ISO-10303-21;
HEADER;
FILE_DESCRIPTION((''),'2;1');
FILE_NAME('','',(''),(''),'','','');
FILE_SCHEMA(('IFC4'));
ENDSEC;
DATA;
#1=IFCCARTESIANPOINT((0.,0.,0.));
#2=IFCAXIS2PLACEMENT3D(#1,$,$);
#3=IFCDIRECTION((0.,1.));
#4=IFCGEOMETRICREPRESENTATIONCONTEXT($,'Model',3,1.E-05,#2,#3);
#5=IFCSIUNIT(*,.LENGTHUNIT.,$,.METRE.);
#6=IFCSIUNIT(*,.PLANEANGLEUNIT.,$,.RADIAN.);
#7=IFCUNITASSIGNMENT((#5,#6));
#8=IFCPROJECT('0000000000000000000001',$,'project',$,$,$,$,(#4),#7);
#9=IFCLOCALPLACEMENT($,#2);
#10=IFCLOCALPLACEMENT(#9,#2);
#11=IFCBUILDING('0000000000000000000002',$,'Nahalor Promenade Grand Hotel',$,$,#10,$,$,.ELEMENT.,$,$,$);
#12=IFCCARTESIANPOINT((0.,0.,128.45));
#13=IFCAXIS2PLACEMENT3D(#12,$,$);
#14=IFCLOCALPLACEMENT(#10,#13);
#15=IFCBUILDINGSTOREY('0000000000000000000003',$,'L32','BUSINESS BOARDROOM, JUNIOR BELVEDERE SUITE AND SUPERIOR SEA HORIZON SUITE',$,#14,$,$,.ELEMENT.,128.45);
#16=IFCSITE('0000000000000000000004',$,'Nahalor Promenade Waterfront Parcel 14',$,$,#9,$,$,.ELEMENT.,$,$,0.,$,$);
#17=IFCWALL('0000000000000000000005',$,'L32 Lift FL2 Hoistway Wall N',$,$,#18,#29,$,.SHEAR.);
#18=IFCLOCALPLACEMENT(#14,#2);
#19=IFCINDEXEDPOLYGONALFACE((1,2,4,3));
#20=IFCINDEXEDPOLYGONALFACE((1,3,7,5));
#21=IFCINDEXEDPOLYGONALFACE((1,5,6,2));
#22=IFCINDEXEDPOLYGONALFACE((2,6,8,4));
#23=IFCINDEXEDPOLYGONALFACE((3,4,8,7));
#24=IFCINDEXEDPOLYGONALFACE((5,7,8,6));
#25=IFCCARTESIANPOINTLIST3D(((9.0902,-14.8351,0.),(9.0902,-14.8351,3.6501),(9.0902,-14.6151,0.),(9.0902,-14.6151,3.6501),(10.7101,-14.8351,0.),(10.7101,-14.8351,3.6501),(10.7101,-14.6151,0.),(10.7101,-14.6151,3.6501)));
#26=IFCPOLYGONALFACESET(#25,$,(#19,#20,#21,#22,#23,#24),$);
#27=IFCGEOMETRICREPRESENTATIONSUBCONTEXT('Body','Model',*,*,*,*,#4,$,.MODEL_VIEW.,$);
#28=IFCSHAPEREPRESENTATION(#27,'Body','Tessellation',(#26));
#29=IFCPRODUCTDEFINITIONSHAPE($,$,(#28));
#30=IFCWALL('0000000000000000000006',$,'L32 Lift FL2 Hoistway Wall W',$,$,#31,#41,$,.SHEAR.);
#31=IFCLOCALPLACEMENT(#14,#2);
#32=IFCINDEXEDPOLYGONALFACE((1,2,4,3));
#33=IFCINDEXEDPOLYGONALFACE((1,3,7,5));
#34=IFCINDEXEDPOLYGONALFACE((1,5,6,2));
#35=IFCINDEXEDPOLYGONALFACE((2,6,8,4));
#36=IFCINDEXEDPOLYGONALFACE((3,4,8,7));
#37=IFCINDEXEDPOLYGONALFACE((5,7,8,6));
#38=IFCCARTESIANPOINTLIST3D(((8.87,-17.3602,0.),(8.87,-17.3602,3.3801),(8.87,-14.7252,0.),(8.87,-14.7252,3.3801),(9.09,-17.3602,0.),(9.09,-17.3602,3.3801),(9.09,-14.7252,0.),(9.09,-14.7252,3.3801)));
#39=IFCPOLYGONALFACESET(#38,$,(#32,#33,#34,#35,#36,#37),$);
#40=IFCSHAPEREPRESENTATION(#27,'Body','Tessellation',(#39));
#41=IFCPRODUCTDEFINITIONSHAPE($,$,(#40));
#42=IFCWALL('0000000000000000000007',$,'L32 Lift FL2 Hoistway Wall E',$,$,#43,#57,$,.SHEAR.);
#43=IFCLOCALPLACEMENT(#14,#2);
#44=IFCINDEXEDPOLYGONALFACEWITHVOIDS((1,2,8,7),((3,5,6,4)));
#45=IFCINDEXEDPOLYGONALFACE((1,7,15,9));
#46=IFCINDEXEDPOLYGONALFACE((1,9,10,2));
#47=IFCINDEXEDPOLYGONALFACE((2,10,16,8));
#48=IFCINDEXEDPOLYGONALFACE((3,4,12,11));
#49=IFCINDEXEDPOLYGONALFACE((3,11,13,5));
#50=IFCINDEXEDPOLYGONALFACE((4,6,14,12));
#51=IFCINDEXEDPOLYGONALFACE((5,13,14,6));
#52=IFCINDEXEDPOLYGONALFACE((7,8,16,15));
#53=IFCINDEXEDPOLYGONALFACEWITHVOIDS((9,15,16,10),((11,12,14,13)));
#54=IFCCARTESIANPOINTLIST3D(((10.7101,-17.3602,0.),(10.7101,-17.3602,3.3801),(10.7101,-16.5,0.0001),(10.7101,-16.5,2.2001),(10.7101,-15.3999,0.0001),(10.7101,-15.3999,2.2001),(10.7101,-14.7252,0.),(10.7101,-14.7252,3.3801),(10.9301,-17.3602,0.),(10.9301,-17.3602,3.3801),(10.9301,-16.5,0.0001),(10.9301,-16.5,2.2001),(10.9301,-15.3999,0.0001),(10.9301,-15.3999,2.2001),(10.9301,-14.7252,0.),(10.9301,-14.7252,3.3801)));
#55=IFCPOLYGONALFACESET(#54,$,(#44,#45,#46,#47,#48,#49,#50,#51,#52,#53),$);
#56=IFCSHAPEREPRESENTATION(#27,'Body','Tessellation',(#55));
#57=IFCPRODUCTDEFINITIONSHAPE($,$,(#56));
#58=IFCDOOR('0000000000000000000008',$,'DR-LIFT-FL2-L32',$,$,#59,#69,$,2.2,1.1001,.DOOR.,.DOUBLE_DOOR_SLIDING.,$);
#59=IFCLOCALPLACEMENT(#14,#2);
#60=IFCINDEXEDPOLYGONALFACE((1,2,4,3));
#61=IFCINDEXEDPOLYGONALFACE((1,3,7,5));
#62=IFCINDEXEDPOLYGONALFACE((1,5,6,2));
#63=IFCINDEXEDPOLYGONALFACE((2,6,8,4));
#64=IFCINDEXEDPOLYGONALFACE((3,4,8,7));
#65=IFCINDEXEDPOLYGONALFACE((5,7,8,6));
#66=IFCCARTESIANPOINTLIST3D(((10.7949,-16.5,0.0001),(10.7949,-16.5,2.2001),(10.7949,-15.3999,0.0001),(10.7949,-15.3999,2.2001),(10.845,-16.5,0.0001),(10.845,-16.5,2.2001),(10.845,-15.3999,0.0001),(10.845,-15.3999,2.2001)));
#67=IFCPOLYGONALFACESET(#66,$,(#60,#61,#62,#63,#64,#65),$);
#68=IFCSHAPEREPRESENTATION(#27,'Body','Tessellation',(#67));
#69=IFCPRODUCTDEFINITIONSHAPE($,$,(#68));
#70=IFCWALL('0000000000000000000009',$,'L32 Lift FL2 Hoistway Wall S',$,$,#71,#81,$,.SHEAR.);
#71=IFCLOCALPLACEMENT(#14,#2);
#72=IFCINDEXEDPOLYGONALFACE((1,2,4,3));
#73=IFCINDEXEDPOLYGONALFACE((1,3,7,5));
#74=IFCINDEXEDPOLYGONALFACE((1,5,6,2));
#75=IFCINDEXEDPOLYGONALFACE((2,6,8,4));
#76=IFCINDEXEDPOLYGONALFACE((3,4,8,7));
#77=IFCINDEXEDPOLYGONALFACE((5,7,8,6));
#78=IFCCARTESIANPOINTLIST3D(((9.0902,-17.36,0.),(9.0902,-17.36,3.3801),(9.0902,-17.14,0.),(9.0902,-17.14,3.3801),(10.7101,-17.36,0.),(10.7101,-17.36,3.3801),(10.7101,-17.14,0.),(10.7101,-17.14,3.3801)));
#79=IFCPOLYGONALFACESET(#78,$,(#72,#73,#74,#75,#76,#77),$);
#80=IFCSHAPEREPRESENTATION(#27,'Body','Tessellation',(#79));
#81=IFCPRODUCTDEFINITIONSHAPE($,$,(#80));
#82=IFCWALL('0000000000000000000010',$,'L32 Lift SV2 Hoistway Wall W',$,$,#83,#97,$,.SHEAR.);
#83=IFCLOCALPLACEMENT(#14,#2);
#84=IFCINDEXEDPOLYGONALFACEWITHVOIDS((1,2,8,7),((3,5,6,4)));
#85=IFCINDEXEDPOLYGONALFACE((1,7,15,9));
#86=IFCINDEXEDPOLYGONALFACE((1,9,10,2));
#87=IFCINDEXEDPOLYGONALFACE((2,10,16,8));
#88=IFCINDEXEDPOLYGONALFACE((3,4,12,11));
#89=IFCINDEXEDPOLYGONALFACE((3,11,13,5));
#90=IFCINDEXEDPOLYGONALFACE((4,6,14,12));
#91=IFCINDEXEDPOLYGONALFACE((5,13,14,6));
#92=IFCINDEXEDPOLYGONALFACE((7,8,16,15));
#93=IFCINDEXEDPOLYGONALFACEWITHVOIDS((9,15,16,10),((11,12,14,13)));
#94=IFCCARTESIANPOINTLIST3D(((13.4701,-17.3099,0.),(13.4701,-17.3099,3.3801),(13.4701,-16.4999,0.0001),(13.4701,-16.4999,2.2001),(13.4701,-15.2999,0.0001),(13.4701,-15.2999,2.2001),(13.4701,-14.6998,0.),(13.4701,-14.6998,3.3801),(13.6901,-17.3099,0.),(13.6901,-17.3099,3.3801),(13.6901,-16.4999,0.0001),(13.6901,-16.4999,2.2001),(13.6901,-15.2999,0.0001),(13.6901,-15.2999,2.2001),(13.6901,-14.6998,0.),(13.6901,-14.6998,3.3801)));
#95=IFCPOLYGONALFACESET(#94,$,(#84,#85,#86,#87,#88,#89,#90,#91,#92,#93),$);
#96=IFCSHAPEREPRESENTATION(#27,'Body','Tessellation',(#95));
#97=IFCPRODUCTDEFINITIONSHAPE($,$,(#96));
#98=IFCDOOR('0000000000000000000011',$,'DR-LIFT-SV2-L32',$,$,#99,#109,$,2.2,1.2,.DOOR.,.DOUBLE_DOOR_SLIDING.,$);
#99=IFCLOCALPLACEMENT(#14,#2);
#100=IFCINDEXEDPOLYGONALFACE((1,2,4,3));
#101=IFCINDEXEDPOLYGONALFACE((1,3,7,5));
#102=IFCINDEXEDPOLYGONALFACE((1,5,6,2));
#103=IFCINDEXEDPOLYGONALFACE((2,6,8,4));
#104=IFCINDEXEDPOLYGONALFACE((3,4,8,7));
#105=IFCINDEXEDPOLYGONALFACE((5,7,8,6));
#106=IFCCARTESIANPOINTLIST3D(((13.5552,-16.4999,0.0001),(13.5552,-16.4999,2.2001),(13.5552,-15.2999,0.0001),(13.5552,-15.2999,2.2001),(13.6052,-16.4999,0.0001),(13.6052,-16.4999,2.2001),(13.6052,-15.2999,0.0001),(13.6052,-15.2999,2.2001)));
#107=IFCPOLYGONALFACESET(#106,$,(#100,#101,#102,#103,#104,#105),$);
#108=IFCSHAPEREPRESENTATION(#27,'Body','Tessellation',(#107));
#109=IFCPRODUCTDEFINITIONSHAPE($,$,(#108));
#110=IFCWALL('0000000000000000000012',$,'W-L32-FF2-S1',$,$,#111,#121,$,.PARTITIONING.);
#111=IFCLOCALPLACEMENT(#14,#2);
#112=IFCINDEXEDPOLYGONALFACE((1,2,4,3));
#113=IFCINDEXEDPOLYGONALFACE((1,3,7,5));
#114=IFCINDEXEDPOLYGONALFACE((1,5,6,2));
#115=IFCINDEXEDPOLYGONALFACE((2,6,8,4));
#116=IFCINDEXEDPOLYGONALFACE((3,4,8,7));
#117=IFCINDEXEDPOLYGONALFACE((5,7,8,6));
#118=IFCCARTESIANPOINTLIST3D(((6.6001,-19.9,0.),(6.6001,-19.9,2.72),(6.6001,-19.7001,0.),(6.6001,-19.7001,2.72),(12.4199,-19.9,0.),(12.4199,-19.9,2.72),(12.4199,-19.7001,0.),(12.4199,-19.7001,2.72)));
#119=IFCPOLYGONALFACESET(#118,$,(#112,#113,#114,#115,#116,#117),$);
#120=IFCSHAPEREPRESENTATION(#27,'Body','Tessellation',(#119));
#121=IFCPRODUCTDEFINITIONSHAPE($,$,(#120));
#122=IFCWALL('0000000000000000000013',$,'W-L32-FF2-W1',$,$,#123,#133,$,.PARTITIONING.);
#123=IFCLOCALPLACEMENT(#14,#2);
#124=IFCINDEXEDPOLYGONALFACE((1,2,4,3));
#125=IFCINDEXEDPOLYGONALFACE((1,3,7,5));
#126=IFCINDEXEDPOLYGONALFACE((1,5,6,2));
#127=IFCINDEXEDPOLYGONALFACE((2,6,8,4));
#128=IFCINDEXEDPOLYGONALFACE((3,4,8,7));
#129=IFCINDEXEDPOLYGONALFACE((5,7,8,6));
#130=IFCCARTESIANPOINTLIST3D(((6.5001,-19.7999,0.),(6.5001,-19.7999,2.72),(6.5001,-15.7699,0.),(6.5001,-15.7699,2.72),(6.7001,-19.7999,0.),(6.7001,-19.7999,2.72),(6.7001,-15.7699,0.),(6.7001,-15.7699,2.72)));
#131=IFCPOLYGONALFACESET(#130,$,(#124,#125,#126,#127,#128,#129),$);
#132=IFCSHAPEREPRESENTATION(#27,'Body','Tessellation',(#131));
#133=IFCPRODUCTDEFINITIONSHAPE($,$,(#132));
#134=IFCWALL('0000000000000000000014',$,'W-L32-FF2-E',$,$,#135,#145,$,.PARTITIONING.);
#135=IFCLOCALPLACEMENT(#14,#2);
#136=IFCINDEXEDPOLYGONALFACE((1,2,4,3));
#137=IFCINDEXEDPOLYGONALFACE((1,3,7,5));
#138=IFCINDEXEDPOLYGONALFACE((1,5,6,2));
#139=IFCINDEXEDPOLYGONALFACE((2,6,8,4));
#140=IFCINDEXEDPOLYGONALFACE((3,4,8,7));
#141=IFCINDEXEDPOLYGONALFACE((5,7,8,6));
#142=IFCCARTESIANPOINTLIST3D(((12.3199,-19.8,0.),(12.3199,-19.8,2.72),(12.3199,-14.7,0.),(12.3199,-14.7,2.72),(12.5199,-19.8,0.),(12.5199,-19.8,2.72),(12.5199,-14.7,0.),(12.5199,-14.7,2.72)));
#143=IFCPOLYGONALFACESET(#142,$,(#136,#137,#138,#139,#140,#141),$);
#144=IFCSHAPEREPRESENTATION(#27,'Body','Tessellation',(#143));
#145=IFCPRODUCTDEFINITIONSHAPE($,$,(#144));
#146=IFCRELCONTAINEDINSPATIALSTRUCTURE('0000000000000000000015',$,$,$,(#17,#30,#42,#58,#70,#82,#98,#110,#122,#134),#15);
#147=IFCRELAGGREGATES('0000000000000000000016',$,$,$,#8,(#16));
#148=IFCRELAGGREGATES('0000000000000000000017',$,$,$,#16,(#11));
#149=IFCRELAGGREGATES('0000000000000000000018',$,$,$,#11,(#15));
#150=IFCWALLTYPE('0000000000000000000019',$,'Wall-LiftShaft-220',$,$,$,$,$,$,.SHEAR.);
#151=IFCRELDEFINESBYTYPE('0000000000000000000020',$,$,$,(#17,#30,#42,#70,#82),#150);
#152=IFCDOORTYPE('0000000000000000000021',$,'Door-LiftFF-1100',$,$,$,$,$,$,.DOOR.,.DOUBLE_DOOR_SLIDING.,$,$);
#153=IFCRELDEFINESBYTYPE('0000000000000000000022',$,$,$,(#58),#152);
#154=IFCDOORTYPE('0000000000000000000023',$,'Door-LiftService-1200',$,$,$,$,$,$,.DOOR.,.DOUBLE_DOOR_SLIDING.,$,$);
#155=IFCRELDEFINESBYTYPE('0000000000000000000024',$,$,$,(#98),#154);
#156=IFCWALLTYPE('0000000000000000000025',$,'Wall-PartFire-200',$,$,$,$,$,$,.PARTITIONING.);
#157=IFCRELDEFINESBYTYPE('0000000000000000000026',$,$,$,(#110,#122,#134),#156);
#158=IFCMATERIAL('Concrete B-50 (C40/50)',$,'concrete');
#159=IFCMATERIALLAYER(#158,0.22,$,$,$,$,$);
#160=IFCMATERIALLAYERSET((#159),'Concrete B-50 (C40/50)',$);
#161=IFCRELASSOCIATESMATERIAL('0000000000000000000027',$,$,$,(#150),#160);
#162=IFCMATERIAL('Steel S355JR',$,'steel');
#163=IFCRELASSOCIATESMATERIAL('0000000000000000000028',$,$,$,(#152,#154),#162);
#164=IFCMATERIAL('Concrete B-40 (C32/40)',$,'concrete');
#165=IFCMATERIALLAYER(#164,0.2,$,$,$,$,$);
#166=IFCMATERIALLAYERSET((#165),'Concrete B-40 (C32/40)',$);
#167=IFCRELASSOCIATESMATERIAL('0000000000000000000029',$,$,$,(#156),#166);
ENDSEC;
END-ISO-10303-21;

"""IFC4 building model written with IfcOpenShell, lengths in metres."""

from ifc_helpers import new_model, si_unit, direction, frame, frame_2d, origin, place, context, subcontext, project, spatial, rectangle, extrude, source, transform, mapped, material, layer, layer_set, type_object, element, fill, save


model = new_model("IFC4")

# Units and contexts
model_context = context("Model", 3, precision=1e-05, world=origin(), true_north=direction((0.0, 1.0)))
body_context = subcontext(model_context, "Body", "Model", "MODEL_VIEW")
ifc_project = project(units=[si_unit("LENGTHUNIT", "METRE"), si_unit("PLANEANGLEUNIT", "RADIAN")], contexts=[model_context])

# Site, building, storey
site_placement = place(None, origin())
site = spatial("IfcSite", under=ifc_project, at=site_placement, Name="Nahalor Promenade Waterfront Parcel 14", CompositionType="ELEMENT", RefElevation=0.0)
building_placement = place(site_placement, origin())
building = spatial("IfcBuilding", under=site, at=building_placement, Name="Nahalor Promenade Grand Hotel", CompositionType="ELEMENT")
storey_placement = place(building_placement, frame((0.0, 0.0, 128.45)))
storey = spatial("IfcBuildingStorey", under=building, at=storey_placement, Name="L32", Description="BUSINESS BOARDROOM, JUNIOR BELVEDERE SUITE AND SUPERIOR SEA HORIZON SUITE", CompositionType="ELEMENT", Elevation=128.45)

# Shared definitions
ifc_material_1 = material(Name="Steel S355JR", Category="steel")

# Shared definitions
ifc_material_2 = material(Name="Concrete B-50 (C40/50)", Category="concrete")

# Walls
ifc_layer_1 = layer(ifc_material_2, 0.22)
ifc_layer_set_1 = layer_set([ifc_layer_1], Name="Concrete B-50 (C40/50)")
wall_type_1 = type_object("IfcWallType", Name="Wall-LiftShaft-220", PredefinedType="SHEAR", material=ifc_layer_set_1)
shared_shape_1 = source(origin(), body_context, "Body", "SweptSolid", [
    extrude(rectangle(XDim=1.6199, YDim=0.22, at=frame_2d((0.8101, 0.0))), origin(), (0.0, 0.0, 1.0), 3.6501),
])
wall_1_placement = place(storey_placement, frame((9.0901, -14.7251, 0.0), z_axis=(0.0, 0.0, 1.0), x_axis=(1.0, 0.0, 0.0)))
element("IfcWall", 1, at=wall_1_placement, inside=storey, type_object=wall_type_1, Name="L32 Lift FL2 Hoistway Wall N", PredefinedType="SHEAR", context=body_context, shape_type="MappedRepresentation", body=[
    mapped(shared_shape_1, transform((0.0, 0.0, 0.0), scale=1.0)),
])
shared_shape_2 = source(origin(), body_context, "Body", "SweptSolid", [
    extrude(rectangle(XDim=2.635, YDim=0.22, at=frame_2d((1.3174, 0.0))), origin(), (0.0, 0.0, 1.0), 3.3801),
])
wall_2_placement = place(storey_placement, frame((8.98, -17.3601, 0.0), z_axis=(0.0, 0.0, 1.0), x_axis=(0.0, 1.0, 0.0)))
element("IfcWall", 2, at=wall_2_placement, inside=storey, type_object=wall_type_1, Name="L32 Lift FL2 Hoistway Wall W", PredefinedType="SHEAR", context=body_context, shape_type="MappedRepresentation", body=[
    mapped(shared_shape_2, transform((0.0, 0.0, 0.0), scale=1.0)),
])

# Wall, opening, door
wall_3_placement = place(storey_placement, frame((10.8201, -17.3601, 0.0), z_axis=(0.0, 0.0, 1.0), x_axis=(0.0, 1.0, 0.0)))
wall_3 = element("IfcWall", 3, at=wall_3_placement, inside=storey, type_object=wall_type_1, Name="L32 Lift FL2 Hoistway Wall E", PredefinedType="SHEAR", context=body_context, shape_type="MappedRepresentation", body=[
    mapped(shared_shape_2, transform((0.0, 0.0, 0.0), scale=1.0)),
])
opening_1_placement = place(wall_3_placement, frame((0.8601, 0.0, 0.0)))
opening_1 = element("IfcOpeningElement", 4, at=opening_1_placement, cuts=wall_3, PredefinedType="OPENING", context=body_context, shape_type="SweptSolid", body=[
    extrude(rectangle(XDim=1.1001, YDim=2.2, at=frame_2d((0.55, 1.1001))), frame((0.0, 0.1199, 0.0), z_axis=(0.0, -1.0, 0.0), x_axis=(1.0, 0.0, 0.0)), (0.0, 0.0, 1.0), 0.24),
])
door_type_1 = type_object("IfcDoorType", Name="Door-LiftFF-1100", OperationType="DOUBLE_DOOR_SLIDING", PredefinedType="DOOR", material=ifc_material_1)
shared_shape_3 = source(origin(), body_context, "Body", "SweptSolid", [
    extrude(rectangle(XDim=1.1001, YDim=2.2, at=frame_2d((0.55, 1.1001))), frame((0.0, 0.0249, 0.0), z_axis=(0.0, -1.0, 0.0), x_axis=(1.0, 0.0, 0.0)), (0.0, 0.0, 1.0), 0.05),
])
door_1_placement = place(opening_1_placement, frame((1.1001, 0.0, 0.0), z_axis=(0.0, 0.0, 1.0), x_axis=(-1.0, 0.0, 0.0)))
door_1 = element("IfcDoor", 5, at=door_1_placement, inside=storey, type_object=door_type_1, Name="DR-LIFT-FL2-L32", OperationType="DOUBLE_DOOR_SLIDING", OverallHeight=2.2, OverallWidth=1.1001, PredefinedType="DOOR", context=body_context, shape_type="MappedRepresentation", body=[
    mapped(shared_shape_3, transform((0.0, 0.0, 0.0), scale=1.0)),
])
fill(opening_1, door_1)

# Wall
shared_shape_4 = source(origin(), body_context, "Body", "SweptSolid", [
    extrude(rectangle(XDim=1.6199, YDim=0.22, at=frame_2d((0.8101, 0.0))), origin(), (0.0, 0.0, 1.0), 3.3801),
])
wall_4_placement = place(storey_placement, frame((9.0901, -17.25, 0.0), z_axis=(0.0, 0.0, 1.0), x_axis=(1.0, 0.0, 0.0)))
element("IfcWall", 6, at=wall_4_placement, inside=storey, type_object=wall_type_1, Name="L32 Lift FL2 Hoistway Wall S", PredefinedType="SHEAR", context=body_context, shape_type="MappedRepresentation", body=[
    mapped(shared_shape_4, transform((0.0, 0.0, 0.0), scale=1.0)),
])

# Wall, opening, door
shared_shape_5 = source(origin(), body_context, "Body", "SweptSolid", [
    extrude(rectangle(XDim=2.6101, YDim=0.22, at=frame_2d((1.3052, 0.0))), origin(), (0.0, 0.0, 1.0), 3.3801),
])
wall_5_placement = place(storey_placement, frame((13.5801, -17.3101, 0.0), z_axis=(0.0, 0.0, 1.0), x_axis=(0.0, 1.0, 0.0)))
wall_5 = element("IfcWall", 7, at=wall_5_placement, inside=storey, type_object=wall_type_1, Name="L32 Lift SV2 Hoistway Wall W", PredefinedType="SHEAR", context=body_context, shape_type="MappedRepresentation", body=[
    mapped(shared_shape_5, transform((0.0, 0.0, 0.0), scale=1.0)),
])
opening_2_placement = place(wall_5_placement, frame((0.8101, 0.0, 0.0)))
opening_2 = element("IfcOpeningElement", 8, at=opening_2_placement, cuts=wall_5, PredefinedType="OPENING", context=body_context, shape_type="SweptSolid", body=[
    extrude(rectangle(XDim=1.2, YDim=2.2, at=frame_2d((0.6001, 1.1001))), frame((0.0, 0.1199, 0.0), z_axis=(0.0, -1.0, 0.0), x_axis=(1.0, 0.0, 0.0)), (0.0, 0.0, 1.0), 0.24),
])
door_type_2 = type_object("IfcDoorType", Name="Door-LiftService-1200", OperationType="DOUBLE_DOOR_SLIDING", PredefinedType="DOOR", material=ifc_material_1)
shared_shape_6 = source(origin(), body_context, "Body", "SweptSolid", [
    extrude(rectangle(XDim=1.2, YDim=2.2, at=frame_2d((0.6001, 1.1001))), frame((0.0, 0.0249, 0.0), z_axis=(0.0, -1.0, 0.0), x_axis=(1.0, 0.0, 0.0)), (0.0, 0.0, 1.0), 0.05),
])
door_2_placement = place(opening_2_placement, origin())
door_2 = element("IfcDoor", 9, at=door_2_placement, inside=storey, type_object=door_type_2, Name="DR-LIFT-SV2-L32", OperationType="DOUBLE_DOOR_SLIDING", OverallHeight=2.2, OverallWidth=1.2, PredefinedType="DOOR", context=body_context, shape_type="MappedRepresentation", body=[
    mapped(shared_shape_6, transform((0.0, 0.0, 0.0), scale=1.0)),
])
fill(opening_2, door_2)

# Walls
ifc_material_3 = material(Name="Concrete B-40 (C32/40)", Category="concrete")
ifc_layer_2 = layer(ifc_material_3, 0.2)
ifc_layer_set_2 = layer_set([ifc_layer_2], Name="Concrete B-40 (C32/40)")
wall_type_2 = type_object("IfcWallType", Name="Wall-PartFire-200", PredefinedType="PARTITIONING", material=ifc_layer_set_2)
shared_shape_7 = source(origin(), body_context, "Body", "SweptSolid", [
    extrude(rectangle(XDim=5.8198, YDim=0.2, at=frame_2d((2.9099, 0.0))), origin(), (0.0, 0.0, 1.0), 2.72),
])
wall_6_placement = place(storey_placement, frame((6.6001, -19.8, 0.0), z_axis=(0.0, 0.0, 1.0), x_axis=(1.0, 0.0, 0.0)))
element("IfcWall", 10, at=wall_6_placement, inside=storey, type_object=wall_type_2, Name="W-L32-FF2-S1", PredefinedType="PARTITIONING", context=body_context, shape_type="MappedRepresentation", body=[
    mapped(shared_shape_7, transform((0.0, 0.0, 0.0), scale=1.0)),
])
shared_shape_8 = source(origin(), body_context, "Body", "SweptSolid", [
    extrude(rectangle(XDim=4.03, YDim=0.2, at=frame_2d((2.0151, 0.0))), origin(), (0.0, 0.0, 1.0), 2.72),
])
wall_7_placement = place(storey_placement, frame((6.6001, -19.8, 0.0), z_axis=(0.0, 0.0, 1.0), x_axis=(0.0, 1.0, 0.0)))
element("IfcWall", 11, at=wall_7_placement, inside=storey, type_object=wall_type_2, Name="W-L32-FF2-W1", PredefinedType="PARTITIONING", context=body_context, shape_type="MappedRepresentation", body=[
    mapped(shared_shape_8, transform((0.0, 0.0, 0.0), scale=1.0)),
])
shared_shape_9 = source(origin(), body_context, "Body", "SweptSolid", [
    extrude(rectangle(XDim=5.1001, YDim=0.2, at=frame_2d((2.55, 0.0))), origin(), (0.0, 0.0, 1.0), 2.72),
])
wall_8_placement = place(storey_placement, frame((12.4199, -19.8, 0.0), z_axis=(0.0, 0.0, 1.0), x_axis=(0.0, 1.0, 0.0)))
element("IfcWall", 12, at=wall_8_placement, inside=storey, type_object=wall_type_2, Name="W-L32-FF2-E", PredefinedType="PARTITIONING", context=body_context, shape_type="MappedRepresentation", body=[
    mapped(shared_shape_9, transform((0.0, 0.0, 0.0), scale=1.0)),
])

save(model, "model.ifc")
